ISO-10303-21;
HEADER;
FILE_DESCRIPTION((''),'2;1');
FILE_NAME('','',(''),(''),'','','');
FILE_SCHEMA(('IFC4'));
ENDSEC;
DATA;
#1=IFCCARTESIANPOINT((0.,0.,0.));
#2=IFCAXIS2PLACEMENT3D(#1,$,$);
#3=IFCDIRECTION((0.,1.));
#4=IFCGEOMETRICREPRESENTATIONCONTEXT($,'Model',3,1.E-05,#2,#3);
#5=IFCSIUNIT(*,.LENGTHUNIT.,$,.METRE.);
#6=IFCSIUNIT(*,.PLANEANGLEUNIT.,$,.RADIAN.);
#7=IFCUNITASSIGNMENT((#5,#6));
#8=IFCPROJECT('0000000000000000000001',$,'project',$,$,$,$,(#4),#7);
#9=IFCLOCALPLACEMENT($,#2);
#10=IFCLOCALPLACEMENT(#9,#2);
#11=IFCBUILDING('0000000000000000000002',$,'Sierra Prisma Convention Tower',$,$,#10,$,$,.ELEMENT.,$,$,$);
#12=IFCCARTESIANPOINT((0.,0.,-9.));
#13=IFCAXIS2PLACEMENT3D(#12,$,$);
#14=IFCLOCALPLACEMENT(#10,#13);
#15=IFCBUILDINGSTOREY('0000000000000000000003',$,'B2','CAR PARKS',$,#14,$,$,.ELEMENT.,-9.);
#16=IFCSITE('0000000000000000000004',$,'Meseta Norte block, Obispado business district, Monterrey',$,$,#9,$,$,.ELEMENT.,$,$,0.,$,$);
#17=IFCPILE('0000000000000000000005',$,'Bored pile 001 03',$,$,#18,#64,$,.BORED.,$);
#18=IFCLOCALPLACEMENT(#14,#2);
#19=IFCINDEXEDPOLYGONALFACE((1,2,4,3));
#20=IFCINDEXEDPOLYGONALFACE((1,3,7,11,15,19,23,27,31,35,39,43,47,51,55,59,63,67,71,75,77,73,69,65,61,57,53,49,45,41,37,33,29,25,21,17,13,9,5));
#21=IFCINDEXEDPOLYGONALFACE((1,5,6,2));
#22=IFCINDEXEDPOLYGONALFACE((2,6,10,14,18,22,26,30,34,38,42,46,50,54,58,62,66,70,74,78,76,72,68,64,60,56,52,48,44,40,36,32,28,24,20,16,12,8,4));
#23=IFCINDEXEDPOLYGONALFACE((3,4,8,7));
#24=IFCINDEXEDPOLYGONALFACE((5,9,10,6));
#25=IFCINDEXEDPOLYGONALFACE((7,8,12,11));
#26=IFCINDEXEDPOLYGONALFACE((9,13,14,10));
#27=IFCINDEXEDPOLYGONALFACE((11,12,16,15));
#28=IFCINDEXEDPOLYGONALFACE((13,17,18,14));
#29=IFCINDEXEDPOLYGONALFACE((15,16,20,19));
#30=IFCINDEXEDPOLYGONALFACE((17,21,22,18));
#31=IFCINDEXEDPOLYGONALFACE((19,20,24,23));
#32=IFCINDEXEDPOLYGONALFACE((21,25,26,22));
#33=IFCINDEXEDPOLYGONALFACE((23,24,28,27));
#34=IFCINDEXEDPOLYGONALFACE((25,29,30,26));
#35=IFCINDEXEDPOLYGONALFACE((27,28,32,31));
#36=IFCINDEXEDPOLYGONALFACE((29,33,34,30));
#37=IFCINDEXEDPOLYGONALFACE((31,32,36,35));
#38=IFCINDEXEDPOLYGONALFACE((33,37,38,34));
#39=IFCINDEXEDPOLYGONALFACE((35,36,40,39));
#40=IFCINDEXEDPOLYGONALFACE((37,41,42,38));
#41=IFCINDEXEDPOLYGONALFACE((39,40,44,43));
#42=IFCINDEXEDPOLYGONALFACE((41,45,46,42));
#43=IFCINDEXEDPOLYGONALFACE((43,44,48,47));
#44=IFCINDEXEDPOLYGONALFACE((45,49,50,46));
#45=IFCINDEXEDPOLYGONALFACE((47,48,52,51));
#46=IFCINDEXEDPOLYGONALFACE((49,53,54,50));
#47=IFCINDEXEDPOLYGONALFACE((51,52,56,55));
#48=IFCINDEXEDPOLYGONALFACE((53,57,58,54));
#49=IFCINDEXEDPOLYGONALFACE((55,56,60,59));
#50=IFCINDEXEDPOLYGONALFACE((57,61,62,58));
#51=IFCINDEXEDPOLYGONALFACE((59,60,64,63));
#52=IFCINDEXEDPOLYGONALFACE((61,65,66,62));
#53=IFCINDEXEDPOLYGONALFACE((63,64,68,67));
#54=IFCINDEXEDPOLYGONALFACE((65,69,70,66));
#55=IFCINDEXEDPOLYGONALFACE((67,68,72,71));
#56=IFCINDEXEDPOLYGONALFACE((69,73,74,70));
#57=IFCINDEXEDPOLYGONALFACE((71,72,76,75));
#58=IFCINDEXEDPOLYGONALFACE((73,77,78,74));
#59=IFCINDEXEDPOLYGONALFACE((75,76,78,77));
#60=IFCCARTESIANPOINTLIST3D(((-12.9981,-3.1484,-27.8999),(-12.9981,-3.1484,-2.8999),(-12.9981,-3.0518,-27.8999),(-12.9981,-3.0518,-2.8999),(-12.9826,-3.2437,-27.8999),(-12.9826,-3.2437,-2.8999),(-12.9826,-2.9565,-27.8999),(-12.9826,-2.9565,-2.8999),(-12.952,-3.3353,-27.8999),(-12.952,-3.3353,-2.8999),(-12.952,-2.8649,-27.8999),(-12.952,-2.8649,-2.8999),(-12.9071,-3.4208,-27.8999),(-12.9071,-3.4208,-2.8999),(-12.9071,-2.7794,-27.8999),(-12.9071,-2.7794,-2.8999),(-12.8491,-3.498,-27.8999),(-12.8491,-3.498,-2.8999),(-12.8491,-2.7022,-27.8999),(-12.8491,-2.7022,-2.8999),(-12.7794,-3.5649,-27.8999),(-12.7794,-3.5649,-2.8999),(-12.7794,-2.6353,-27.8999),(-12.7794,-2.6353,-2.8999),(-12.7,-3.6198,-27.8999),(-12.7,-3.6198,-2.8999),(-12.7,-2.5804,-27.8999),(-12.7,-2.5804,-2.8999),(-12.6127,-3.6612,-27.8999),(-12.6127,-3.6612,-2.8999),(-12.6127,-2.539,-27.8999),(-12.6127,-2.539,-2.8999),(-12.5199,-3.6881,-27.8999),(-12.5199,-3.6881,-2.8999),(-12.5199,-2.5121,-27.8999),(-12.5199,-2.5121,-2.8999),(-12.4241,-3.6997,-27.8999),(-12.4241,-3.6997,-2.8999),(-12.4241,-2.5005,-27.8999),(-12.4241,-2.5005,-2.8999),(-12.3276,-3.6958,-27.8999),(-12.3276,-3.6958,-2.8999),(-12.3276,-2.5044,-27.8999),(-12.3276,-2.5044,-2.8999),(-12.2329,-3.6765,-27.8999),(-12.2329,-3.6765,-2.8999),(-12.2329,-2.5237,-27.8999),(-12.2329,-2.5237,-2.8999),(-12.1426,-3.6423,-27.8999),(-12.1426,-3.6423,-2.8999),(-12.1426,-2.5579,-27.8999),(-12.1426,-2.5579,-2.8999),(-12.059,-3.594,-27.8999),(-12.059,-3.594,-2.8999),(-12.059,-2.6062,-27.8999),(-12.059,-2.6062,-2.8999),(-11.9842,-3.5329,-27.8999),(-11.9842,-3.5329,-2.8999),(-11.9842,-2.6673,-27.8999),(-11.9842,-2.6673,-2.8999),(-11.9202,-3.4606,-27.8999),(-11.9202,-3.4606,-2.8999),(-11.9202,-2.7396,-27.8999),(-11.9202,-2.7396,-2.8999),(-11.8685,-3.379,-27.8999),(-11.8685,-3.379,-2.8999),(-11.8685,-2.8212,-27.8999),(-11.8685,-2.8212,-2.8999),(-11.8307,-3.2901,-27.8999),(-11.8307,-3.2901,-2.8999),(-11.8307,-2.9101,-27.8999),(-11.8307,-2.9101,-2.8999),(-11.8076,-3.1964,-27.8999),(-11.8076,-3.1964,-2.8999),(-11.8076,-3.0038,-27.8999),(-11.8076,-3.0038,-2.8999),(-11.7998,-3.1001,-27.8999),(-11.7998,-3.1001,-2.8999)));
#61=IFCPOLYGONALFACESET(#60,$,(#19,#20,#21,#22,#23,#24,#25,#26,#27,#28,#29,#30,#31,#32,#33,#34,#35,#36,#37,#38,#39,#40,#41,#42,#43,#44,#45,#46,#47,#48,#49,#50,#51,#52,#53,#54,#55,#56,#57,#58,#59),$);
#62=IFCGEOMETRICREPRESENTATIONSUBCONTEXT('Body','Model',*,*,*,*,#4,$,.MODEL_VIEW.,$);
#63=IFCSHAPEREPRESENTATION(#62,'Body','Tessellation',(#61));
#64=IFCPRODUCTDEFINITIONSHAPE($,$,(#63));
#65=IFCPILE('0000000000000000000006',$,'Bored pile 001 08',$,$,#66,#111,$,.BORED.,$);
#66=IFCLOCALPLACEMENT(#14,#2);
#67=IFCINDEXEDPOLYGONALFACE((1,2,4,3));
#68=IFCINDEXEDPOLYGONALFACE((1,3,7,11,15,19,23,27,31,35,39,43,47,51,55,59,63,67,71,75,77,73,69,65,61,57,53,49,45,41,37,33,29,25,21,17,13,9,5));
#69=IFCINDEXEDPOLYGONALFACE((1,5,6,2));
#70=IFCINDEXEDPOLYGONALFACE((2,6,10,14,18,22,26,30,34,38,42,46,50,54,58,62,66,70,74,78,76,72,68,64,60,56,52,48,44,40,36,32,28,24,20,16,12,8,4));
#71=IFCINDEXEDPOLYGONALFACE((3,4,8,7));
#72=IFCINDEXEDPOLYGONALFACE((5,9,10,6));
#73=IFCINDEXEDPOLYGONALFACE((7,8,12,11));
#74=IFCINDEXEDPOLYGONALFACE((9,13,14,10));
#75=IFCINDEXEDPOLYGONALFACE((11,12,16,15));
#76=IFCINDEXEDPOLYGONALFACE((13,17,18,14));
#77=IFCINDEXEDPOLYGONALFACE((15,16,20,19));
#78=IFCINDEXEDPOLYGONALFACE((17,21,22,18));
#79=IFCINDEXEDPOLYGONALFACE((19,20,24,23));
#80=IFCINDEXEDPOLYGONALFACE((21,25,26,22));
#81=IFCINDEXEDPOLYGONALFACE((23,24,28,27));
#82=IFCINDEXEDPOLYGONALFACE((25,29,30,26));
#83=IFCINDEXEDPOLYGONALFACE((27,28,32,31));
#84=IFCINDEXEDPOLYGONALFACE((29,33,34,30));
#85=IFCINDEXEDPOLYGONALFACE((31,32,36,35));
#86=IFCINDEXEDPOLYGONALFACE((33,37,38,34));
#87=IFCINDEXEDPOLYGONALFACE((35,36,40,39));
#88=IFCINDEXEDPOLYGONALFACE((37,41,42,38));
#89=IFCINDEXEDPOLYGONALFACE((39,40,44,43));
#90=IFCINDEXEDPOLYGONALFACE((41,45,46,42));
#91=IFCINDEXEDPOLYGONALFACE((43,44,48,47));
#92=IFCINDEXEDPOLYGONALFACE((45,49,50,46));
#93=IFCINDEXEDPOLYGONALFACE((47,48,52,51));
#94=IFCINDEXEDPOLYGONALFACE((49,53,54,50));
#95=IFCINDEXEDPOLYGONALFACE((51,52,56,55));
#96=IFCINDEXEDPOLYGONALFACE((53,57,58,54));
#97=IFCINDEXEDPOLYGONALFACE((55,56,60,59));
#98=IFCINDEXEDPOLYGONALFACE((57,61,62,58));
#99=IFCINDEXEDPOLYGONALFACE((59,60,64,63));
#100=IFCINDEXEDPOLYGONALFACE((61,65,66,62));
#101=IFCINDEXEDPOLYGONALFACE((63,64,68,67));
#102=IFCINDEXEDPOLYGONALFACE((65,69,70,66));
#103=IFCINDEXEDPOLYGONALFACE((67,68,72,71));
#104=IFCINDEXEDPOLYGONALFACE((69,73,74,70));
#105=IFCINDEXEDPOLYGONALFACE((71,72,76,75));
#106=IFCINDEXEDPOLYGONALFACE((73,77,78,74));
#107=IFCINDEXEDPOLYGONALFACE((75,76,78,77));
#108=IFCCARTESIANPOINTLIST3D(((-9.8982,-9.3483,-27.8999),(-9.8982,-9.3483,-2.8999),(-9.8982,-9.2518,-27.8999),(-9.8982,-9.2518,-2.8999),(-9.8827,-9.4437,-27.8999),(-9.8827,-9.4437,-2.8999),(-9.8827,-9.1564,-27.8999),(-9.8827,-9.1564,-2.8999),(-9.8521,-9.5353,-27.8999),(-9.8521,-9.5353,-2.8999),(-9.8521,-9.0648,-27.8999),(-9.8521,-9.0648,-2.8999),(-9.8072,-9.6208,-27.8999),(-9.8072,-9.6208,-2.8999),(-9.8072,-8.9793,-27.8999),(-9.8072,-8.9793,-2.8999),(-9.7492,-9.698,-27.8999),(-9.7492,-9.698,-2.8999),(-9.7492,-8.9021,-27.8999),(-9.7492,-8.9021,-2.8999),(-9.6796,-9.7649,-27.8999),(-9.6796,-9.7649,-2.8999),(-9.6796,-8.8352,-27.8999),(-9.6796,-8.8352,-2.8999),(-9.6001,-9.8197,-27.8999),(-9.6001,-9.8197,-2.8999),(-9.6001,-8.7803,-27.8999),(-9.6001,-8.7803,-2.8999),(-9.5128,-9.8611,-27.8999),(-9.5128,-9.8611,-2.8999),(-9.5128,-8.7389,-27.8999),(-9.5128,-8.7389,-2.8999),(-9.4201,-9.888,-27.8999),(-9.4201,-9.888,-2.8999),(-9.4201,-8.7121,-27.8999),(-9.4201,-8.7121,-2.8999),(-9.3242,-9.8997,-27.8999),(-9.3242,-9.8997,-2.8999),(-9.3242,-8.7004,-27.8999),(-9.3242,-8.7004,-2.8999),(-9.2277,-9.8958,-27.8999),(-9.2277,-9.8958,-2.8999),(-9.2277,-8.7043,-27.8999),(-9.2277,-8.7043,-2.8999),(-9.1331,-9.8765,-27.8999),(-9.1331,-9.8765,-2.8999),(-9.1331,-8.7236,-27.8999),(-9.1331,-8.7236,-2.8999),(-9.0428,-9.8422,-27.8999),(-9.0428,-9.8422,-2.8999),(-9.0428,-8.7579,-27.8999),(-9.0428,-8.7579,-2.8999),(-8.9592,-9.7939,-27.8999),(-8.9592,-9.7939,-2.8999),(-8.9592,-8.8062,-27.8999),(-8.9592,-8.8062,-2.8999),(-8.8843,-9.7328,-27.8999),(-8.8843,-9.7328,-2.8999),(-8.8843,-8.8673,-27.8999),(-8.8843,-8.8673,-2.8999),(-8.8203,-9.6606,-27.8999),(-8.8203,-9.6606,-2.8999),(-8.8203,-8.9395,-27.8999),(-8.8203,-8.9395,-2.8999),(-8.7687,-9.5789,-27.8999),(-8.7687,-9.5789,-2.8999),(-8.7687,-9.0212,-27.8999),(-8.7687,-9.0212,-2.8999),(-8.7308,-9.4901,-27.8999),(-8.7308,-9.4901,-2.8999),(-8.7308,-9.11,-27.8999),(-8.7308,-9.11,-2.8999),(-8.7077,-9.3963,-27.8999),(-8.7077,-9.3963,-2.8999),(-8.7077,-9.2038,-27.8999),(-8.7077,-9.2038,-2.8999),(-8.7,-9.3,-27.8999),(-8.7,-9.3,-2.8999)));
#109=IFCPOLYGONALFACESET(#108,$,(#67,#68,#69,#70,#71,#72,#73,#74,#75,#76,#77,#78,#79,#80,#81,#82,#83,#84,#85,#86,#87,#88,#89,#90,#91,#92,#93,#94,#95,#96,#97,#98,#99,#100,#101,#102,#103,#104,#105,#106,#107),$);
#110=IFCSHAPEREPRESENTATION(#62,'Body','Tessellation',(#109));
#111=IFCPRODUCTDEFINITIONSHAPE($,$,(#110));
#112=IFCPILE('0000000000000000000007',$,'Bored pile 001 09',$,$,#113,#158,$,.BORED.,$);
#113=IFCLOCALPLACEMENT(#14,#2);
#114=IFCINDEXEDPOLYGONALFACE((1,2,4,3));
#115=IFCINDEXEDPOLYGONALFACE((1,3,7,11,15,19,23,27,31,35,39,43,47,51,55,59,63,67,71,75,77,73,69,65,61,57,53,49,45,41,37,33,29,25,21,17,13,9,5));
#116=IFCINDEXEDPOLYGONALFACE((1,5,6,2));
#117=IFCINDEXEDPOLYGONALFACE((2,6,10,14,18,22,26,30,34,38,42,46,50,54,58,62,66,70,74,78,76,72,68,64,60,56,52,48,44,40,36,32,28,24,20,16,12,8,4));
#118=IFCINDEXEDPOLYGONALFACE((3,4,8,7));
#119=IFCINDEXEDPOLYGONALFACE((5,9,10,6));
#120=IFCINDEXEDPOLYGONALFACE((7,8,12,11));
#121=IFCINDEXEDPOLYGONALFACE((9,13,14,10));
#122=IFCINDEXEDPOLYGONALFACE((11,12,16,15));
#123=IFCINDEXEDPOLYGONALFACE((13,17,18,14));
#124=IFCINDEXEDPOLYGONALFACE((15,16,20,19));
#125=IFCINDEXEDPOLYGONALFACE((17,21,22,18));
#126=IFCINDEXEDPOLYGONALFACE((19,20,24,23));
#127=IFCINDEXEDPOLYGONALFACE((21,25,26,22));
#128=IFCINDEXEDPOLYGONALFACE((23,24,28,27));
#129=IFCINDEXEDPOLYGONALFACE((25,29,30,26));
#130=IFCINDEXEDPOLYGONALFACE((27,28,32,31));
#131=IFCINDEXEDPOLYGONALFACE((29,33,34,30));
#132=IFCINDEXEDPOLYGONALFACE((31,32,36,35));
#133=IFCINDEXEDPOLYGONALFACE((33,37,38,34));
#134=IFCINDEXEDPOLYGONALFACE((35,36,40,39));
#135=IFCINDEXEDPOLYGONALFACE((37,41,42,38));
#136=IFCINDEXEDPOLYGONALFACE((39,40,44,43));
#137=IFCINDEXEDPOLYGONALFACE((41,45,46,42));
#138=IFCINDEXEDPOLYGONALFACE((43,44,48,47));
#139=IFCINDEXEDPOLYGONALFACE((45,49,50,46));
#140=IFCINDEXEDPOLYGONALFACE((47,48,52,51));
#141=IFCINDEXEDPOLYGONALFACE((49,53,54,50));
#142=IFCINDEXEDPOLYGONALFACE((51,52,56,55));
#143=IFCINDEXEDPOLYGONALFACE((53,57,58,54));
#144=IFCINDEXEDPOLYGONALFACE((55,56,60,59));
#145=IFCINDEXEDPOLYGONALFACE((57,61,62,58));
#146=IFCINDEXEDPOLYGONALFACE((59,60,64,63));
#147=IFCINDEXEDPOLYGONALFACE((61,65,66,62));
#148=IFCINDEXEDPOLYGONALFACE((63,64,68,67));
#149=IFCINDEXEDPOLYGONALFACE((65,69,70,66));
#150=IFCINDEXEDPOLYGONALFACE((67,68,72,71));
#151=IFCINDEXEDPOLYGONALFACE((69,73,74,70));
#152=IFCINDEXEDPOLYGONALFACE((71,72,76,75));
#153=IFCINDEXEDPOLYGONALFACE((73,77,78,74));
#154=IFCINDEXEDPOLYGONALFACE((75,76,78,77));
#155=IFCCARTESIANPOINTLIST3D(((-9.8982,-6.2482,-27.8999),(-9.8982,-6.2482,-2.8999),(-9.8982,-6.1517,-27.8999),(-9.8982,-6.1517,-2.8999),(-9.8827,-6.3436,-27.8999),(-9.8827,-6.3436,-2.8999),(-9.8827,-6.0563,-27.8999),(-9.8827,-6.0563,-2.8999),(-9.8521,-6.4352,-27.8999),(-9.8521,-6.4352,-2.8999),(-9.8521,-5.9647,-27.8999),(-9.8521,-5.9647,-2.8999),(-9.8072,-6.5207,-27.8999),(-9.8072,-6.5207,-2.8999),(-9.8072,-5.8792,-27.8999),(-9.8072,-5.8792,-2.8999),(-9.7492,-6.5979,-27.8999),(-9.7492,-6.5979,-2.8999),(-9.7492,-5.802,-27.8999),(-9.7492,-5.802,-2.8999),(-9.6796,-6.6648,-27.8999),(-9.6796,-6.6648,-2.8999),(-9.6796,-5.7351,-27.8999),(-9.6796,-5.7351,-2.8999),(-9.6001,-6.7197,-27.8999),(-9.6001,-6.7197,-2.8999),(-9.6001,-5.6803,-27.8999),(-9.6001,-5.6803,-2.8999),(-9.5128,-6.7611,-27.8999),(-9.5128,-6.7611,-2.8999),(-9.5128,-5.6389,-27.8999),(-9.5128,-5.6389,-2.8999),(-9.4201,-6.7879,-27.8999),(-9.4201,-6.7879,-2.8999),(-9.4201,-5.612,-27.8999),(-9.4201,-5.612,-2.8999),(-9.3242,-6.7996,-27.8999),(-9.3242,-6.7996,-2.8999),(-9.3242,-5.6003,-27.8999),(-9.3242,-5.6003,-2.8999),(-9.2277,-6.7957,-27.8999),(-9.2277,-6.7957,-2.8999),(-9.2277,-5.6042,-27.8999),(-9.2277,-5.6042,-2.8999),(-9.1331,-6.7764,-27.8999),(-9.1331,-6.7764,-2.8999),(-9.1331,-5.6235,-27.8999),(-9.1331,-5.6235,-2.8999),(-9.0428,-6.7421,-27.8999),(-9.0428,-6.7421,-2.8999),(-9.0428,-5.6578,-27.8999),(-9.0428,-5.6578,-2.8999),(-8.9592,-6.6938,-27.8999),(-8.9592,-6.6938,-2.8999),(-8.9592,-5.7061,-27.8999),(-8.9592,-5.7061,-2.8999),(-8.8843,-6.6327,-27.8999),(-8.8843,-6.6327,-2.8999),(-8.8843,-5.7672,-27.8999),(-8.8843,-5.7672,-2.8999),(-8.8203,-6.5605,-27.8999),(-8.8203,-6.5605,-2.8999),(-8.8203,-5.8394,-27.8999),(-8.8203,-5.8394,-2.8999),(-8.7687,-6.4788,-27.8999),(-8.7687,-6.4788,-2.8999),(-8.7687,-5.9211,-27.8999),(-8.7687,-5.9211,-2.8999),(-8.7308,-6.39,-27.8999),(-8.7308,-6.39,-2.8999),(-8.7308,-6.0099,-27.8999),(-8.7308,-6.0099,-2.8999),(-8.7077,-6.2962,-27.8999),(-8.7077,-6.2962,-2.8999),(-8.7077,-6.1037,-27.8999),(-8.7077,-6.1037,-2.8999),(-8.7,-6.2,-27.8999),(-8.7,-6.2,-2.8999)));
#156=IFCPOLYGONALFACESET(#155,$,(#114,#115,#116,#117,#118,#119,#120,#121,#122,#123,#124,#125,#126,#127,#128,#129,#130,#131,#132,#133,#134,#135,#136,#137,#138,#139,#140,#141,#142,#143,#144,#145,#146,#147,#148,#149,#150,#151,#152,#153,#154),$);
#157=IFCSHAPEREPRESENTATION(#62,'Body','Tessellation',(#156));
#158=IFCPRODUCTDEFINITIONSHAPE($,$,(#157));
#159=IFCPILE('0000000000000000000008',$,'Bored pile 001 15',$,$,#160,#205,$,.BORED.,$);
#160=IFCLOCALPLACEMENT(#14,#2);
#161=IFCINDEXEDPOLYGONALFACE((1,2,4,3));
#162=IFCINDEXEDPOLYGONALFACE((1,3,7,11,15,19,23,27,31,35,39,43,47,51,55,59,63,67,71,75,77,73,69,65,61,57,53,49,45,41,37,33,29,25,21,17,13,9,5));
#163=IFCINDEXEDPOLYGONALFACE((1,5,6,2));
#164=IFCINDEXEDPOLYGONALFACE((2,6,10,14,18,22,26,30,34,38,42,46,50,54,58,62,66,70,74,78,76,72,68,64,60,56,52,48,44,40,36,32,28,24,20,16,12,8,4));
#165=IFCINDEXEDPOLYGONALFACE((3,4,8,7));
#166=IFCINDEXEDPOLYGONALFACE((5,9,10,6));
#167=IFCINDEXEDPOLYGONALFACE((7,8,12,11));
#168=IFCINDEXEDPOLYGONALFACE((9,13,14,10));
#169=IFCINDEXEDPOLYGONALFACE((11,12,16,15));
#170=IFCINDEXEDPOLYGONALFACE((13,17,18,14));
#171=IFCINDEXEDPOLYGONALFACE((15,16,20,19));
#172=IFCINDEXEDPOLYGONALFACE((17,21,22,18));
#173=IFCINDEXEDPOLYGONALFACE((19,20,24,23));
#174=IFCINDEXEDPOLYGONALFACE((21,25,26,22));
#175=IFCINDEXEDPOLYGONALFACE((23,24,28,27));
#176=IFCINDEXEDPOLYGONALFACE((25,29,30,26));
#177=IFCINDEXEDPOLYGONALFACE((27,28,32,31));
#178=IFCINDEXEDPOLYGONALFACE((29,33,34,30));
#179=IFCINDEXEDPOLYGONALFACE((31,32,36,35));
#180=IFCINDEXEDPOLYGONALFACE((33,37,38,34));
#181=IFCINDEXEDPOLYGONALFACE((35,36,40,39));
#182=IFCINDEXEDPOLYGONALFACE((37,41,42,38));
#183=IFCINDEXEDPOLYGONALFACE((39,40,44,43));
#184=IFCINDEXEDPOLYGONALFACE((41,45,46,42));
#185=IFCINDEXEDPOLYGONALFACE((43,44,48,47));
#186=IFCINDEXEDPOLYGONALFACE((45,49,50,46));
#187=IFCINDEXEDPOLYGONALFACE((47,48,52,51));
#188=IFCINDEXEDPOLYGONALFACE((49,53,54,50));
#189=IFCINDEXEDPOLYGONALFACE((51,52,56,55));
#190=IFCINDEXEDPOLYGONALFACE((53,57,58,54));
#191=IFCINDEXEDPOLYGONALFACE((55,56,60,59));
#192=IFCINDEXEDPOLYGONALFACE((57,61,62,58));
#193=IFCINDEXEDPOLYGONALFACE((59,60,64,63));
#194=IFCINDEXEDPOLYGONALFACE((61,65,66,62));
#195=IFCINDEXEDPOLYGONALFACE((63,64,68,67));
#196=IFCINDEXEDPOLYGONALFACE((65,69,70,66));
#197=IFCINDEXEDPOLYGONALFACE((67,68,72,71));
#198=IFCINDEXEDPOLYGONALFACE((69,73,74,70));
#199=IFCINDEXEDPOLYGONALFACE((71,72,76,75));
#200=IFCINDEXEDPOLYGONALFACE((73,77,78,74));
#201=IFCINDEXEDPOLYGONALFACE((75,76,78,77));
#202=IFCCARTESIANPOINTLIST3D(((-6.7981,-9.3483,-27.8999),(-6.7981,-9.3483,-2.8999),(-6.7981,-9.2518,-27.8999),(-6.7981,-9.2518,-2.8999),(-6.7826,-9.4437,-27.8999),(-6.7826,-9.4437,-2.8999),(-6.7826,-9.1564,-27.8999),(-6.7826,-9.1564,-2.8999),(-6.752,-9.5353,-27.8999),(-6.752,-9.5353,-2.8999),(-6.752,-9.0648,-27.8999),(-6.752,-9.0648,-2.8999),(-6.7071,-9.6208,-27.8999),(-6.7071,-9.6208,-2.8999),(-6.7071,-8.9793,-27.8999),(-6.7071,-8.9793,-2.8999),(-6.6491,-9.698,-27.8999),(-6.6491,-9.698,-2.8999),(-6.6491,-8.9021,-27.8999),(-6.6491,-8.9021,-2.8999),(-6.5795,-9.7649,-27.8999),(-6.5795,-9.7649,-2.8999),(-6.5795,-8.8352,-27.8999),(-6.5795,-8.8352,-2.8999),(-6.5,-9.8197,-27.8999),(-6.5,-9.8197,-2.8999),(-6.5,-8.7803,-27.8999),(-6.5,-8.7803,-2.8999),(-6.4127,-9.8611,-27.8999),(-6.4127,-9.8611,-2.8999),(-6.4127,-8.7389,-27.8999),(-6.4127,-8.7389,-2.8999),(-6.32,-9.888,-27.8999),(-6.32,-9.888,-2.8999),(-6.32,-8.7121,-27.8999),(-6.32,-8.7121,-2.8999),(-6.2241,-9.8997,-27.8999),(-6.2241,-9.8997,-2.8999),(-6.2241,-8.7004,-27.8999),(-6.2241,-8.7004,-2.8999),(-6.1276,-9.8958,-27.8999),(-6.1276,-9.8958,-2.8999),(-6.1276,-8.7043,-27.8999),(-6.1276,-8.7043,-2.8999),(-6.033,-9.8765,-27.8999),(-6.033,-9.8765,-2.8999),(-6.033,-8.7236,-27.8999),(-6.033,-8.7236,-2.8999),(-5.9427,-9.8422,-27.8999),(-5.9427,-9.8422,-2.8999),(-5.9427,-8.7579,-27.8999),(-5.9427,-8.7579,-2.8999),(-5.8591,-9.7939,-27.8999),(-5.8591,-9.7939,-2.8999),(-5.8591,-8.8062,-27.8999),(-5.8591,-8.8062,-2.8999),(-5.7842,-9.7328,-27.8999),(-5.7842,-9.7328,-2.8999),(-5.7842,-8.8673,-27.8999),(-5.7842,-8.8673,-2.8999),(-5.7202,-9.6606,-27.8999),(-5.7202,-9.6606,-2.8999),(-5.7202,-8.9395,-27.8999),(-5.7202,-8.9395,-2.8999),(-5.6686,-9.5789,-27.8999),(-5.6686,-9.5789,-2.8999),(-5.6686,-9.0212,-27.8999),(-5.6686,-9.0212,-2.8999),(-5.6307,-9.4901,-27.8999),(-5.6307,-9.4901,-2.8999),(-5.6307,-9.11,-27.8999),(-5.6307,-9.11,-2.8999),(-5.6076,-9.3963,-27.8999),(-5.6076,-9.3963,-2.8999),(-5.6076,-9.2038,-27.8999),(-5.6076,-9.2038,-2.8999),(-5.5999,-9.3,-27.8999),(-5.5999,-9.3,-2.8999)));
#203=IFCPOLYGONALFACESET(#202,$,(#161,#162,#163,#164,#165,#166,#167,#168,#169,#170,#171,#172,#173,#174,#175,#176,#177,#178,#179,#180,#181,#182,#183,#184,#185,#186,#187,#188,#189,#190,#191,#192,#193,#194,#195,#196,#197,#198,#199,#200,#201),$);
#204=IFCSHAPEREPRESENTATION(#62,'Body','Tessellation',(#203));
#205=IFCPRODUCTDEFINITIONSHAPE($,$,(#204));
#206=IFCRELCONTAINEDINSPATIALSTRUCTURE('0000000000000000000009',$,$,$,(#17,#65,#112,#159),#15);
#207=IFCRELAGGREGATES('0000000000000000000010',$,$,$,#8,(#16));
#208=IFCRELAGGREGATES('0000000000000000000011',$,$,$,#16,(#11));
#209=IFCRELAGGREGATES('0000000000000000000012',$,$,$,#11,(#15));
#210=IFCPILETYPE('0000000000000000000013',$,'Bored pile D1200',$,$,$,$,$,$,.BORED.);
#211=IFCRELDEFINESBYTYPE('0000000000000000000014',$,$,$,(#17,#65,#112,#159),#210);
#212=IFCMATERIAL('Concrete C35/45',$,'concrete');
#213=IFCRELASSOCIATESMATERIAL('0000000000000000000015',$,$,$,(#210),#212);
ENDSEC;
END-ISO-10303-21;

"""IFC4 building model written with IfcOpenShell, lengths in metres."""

from ifc_helpers import new_model, si_unit, direction, frame, origin, origin_2d, place, context, subcontext, project, spatial, circle, extrude, material, material_profile, profile_set, type_object, element, save


model = new_model("IFC4")

# Units and contexts
model_context = context("Model", 3, precision=1e-05, world=origin(), true_north=direction((0.0, 1.0)))
body_context = subcontext(model_context, "Body", "Model", "MODEL_VIEW")
ifc_project = project(units=[si_unit("LENGTHUNIT", "METRE"), si_unit("PLANEANGLEUNIT", "RADIAN")], contexts=[model_context])

# Site, building, storey
site_placement = place(None, origin())
site = spatial("IfcSite", under=ifc_project, at=site_placement, Name="Meseta Norte block, Obispado business district, Monterrey", CompositionType="ELEMENT", RefElevation=0.0)
building_placement = place(site_placement, origin())
building = spatial("IfcBuilding", under=site, at=building_placement, Name="Sierra Prisma Convention Tower", CompositionType="ELEMENT")
storey_placement = place(building_placement, frame((0.0, 0.0, -9.0)))
storey = spatial("IfcBuildingStorey", under=building, at=storey_placement, Name="B2", Description="CAR PARKS", CompositionType="ELEMENT", Elevation=-9.0)

# Piles
ifc_material_1 = material(Name="Concrete C35/45", Category="concrete")
ifc_material_profile = material_profile(ifc_material_1, circle(Radius=0.6001, at=origin_2d()), Name="D1200")
ifc_profile_set = profile_set([ifc_material_profile], Name="Concrete C35/45")
pile_type = type_object("IfcPileType", Name="Bored pile D1200", PredefinedType="BORED", material=ifc_profile_set)
for number, where, z_axis, x_axis, name in (
    (1, (-12.3999, -3.1001, -2.8999), (0.0, 0.0, -1.0), (1.0, 0.0, 0.0), "Bored pile 001 03"),
    (2, (-9.3, -9.3, -2.8999), (0.0, 0.0, -1.0), (1.0, 0.0, 0.0), "Bored pile 001 08"),
    (3, (-9.3, -6.2, -2.8999), (0.0, 0.0, -1.0), (1.0, 0.0, 0.0), "Bored pile 001 09"),
    (4, (-6.2, -9.3, -2.8999), (0.0, 0.0, -1.0), (1.0, 0.0, 0.0), "Bored pile 001 15"),
):
    element("IfcPile", number, at=place(storey_placement, frame(where, z_axis=z_axis, x_axis=x_axis)), inside=storey, type_object=pile_type, Name=name, PredefinedType="BORED", context=body_context, shape_type="SweptSolid", body=[
        extrude(circle(Radius=0.6001, at=origin_2d()), origin(), (0.0, 0.0, 1.0), 25.0),
    ])

save(model, "model.ifc")
